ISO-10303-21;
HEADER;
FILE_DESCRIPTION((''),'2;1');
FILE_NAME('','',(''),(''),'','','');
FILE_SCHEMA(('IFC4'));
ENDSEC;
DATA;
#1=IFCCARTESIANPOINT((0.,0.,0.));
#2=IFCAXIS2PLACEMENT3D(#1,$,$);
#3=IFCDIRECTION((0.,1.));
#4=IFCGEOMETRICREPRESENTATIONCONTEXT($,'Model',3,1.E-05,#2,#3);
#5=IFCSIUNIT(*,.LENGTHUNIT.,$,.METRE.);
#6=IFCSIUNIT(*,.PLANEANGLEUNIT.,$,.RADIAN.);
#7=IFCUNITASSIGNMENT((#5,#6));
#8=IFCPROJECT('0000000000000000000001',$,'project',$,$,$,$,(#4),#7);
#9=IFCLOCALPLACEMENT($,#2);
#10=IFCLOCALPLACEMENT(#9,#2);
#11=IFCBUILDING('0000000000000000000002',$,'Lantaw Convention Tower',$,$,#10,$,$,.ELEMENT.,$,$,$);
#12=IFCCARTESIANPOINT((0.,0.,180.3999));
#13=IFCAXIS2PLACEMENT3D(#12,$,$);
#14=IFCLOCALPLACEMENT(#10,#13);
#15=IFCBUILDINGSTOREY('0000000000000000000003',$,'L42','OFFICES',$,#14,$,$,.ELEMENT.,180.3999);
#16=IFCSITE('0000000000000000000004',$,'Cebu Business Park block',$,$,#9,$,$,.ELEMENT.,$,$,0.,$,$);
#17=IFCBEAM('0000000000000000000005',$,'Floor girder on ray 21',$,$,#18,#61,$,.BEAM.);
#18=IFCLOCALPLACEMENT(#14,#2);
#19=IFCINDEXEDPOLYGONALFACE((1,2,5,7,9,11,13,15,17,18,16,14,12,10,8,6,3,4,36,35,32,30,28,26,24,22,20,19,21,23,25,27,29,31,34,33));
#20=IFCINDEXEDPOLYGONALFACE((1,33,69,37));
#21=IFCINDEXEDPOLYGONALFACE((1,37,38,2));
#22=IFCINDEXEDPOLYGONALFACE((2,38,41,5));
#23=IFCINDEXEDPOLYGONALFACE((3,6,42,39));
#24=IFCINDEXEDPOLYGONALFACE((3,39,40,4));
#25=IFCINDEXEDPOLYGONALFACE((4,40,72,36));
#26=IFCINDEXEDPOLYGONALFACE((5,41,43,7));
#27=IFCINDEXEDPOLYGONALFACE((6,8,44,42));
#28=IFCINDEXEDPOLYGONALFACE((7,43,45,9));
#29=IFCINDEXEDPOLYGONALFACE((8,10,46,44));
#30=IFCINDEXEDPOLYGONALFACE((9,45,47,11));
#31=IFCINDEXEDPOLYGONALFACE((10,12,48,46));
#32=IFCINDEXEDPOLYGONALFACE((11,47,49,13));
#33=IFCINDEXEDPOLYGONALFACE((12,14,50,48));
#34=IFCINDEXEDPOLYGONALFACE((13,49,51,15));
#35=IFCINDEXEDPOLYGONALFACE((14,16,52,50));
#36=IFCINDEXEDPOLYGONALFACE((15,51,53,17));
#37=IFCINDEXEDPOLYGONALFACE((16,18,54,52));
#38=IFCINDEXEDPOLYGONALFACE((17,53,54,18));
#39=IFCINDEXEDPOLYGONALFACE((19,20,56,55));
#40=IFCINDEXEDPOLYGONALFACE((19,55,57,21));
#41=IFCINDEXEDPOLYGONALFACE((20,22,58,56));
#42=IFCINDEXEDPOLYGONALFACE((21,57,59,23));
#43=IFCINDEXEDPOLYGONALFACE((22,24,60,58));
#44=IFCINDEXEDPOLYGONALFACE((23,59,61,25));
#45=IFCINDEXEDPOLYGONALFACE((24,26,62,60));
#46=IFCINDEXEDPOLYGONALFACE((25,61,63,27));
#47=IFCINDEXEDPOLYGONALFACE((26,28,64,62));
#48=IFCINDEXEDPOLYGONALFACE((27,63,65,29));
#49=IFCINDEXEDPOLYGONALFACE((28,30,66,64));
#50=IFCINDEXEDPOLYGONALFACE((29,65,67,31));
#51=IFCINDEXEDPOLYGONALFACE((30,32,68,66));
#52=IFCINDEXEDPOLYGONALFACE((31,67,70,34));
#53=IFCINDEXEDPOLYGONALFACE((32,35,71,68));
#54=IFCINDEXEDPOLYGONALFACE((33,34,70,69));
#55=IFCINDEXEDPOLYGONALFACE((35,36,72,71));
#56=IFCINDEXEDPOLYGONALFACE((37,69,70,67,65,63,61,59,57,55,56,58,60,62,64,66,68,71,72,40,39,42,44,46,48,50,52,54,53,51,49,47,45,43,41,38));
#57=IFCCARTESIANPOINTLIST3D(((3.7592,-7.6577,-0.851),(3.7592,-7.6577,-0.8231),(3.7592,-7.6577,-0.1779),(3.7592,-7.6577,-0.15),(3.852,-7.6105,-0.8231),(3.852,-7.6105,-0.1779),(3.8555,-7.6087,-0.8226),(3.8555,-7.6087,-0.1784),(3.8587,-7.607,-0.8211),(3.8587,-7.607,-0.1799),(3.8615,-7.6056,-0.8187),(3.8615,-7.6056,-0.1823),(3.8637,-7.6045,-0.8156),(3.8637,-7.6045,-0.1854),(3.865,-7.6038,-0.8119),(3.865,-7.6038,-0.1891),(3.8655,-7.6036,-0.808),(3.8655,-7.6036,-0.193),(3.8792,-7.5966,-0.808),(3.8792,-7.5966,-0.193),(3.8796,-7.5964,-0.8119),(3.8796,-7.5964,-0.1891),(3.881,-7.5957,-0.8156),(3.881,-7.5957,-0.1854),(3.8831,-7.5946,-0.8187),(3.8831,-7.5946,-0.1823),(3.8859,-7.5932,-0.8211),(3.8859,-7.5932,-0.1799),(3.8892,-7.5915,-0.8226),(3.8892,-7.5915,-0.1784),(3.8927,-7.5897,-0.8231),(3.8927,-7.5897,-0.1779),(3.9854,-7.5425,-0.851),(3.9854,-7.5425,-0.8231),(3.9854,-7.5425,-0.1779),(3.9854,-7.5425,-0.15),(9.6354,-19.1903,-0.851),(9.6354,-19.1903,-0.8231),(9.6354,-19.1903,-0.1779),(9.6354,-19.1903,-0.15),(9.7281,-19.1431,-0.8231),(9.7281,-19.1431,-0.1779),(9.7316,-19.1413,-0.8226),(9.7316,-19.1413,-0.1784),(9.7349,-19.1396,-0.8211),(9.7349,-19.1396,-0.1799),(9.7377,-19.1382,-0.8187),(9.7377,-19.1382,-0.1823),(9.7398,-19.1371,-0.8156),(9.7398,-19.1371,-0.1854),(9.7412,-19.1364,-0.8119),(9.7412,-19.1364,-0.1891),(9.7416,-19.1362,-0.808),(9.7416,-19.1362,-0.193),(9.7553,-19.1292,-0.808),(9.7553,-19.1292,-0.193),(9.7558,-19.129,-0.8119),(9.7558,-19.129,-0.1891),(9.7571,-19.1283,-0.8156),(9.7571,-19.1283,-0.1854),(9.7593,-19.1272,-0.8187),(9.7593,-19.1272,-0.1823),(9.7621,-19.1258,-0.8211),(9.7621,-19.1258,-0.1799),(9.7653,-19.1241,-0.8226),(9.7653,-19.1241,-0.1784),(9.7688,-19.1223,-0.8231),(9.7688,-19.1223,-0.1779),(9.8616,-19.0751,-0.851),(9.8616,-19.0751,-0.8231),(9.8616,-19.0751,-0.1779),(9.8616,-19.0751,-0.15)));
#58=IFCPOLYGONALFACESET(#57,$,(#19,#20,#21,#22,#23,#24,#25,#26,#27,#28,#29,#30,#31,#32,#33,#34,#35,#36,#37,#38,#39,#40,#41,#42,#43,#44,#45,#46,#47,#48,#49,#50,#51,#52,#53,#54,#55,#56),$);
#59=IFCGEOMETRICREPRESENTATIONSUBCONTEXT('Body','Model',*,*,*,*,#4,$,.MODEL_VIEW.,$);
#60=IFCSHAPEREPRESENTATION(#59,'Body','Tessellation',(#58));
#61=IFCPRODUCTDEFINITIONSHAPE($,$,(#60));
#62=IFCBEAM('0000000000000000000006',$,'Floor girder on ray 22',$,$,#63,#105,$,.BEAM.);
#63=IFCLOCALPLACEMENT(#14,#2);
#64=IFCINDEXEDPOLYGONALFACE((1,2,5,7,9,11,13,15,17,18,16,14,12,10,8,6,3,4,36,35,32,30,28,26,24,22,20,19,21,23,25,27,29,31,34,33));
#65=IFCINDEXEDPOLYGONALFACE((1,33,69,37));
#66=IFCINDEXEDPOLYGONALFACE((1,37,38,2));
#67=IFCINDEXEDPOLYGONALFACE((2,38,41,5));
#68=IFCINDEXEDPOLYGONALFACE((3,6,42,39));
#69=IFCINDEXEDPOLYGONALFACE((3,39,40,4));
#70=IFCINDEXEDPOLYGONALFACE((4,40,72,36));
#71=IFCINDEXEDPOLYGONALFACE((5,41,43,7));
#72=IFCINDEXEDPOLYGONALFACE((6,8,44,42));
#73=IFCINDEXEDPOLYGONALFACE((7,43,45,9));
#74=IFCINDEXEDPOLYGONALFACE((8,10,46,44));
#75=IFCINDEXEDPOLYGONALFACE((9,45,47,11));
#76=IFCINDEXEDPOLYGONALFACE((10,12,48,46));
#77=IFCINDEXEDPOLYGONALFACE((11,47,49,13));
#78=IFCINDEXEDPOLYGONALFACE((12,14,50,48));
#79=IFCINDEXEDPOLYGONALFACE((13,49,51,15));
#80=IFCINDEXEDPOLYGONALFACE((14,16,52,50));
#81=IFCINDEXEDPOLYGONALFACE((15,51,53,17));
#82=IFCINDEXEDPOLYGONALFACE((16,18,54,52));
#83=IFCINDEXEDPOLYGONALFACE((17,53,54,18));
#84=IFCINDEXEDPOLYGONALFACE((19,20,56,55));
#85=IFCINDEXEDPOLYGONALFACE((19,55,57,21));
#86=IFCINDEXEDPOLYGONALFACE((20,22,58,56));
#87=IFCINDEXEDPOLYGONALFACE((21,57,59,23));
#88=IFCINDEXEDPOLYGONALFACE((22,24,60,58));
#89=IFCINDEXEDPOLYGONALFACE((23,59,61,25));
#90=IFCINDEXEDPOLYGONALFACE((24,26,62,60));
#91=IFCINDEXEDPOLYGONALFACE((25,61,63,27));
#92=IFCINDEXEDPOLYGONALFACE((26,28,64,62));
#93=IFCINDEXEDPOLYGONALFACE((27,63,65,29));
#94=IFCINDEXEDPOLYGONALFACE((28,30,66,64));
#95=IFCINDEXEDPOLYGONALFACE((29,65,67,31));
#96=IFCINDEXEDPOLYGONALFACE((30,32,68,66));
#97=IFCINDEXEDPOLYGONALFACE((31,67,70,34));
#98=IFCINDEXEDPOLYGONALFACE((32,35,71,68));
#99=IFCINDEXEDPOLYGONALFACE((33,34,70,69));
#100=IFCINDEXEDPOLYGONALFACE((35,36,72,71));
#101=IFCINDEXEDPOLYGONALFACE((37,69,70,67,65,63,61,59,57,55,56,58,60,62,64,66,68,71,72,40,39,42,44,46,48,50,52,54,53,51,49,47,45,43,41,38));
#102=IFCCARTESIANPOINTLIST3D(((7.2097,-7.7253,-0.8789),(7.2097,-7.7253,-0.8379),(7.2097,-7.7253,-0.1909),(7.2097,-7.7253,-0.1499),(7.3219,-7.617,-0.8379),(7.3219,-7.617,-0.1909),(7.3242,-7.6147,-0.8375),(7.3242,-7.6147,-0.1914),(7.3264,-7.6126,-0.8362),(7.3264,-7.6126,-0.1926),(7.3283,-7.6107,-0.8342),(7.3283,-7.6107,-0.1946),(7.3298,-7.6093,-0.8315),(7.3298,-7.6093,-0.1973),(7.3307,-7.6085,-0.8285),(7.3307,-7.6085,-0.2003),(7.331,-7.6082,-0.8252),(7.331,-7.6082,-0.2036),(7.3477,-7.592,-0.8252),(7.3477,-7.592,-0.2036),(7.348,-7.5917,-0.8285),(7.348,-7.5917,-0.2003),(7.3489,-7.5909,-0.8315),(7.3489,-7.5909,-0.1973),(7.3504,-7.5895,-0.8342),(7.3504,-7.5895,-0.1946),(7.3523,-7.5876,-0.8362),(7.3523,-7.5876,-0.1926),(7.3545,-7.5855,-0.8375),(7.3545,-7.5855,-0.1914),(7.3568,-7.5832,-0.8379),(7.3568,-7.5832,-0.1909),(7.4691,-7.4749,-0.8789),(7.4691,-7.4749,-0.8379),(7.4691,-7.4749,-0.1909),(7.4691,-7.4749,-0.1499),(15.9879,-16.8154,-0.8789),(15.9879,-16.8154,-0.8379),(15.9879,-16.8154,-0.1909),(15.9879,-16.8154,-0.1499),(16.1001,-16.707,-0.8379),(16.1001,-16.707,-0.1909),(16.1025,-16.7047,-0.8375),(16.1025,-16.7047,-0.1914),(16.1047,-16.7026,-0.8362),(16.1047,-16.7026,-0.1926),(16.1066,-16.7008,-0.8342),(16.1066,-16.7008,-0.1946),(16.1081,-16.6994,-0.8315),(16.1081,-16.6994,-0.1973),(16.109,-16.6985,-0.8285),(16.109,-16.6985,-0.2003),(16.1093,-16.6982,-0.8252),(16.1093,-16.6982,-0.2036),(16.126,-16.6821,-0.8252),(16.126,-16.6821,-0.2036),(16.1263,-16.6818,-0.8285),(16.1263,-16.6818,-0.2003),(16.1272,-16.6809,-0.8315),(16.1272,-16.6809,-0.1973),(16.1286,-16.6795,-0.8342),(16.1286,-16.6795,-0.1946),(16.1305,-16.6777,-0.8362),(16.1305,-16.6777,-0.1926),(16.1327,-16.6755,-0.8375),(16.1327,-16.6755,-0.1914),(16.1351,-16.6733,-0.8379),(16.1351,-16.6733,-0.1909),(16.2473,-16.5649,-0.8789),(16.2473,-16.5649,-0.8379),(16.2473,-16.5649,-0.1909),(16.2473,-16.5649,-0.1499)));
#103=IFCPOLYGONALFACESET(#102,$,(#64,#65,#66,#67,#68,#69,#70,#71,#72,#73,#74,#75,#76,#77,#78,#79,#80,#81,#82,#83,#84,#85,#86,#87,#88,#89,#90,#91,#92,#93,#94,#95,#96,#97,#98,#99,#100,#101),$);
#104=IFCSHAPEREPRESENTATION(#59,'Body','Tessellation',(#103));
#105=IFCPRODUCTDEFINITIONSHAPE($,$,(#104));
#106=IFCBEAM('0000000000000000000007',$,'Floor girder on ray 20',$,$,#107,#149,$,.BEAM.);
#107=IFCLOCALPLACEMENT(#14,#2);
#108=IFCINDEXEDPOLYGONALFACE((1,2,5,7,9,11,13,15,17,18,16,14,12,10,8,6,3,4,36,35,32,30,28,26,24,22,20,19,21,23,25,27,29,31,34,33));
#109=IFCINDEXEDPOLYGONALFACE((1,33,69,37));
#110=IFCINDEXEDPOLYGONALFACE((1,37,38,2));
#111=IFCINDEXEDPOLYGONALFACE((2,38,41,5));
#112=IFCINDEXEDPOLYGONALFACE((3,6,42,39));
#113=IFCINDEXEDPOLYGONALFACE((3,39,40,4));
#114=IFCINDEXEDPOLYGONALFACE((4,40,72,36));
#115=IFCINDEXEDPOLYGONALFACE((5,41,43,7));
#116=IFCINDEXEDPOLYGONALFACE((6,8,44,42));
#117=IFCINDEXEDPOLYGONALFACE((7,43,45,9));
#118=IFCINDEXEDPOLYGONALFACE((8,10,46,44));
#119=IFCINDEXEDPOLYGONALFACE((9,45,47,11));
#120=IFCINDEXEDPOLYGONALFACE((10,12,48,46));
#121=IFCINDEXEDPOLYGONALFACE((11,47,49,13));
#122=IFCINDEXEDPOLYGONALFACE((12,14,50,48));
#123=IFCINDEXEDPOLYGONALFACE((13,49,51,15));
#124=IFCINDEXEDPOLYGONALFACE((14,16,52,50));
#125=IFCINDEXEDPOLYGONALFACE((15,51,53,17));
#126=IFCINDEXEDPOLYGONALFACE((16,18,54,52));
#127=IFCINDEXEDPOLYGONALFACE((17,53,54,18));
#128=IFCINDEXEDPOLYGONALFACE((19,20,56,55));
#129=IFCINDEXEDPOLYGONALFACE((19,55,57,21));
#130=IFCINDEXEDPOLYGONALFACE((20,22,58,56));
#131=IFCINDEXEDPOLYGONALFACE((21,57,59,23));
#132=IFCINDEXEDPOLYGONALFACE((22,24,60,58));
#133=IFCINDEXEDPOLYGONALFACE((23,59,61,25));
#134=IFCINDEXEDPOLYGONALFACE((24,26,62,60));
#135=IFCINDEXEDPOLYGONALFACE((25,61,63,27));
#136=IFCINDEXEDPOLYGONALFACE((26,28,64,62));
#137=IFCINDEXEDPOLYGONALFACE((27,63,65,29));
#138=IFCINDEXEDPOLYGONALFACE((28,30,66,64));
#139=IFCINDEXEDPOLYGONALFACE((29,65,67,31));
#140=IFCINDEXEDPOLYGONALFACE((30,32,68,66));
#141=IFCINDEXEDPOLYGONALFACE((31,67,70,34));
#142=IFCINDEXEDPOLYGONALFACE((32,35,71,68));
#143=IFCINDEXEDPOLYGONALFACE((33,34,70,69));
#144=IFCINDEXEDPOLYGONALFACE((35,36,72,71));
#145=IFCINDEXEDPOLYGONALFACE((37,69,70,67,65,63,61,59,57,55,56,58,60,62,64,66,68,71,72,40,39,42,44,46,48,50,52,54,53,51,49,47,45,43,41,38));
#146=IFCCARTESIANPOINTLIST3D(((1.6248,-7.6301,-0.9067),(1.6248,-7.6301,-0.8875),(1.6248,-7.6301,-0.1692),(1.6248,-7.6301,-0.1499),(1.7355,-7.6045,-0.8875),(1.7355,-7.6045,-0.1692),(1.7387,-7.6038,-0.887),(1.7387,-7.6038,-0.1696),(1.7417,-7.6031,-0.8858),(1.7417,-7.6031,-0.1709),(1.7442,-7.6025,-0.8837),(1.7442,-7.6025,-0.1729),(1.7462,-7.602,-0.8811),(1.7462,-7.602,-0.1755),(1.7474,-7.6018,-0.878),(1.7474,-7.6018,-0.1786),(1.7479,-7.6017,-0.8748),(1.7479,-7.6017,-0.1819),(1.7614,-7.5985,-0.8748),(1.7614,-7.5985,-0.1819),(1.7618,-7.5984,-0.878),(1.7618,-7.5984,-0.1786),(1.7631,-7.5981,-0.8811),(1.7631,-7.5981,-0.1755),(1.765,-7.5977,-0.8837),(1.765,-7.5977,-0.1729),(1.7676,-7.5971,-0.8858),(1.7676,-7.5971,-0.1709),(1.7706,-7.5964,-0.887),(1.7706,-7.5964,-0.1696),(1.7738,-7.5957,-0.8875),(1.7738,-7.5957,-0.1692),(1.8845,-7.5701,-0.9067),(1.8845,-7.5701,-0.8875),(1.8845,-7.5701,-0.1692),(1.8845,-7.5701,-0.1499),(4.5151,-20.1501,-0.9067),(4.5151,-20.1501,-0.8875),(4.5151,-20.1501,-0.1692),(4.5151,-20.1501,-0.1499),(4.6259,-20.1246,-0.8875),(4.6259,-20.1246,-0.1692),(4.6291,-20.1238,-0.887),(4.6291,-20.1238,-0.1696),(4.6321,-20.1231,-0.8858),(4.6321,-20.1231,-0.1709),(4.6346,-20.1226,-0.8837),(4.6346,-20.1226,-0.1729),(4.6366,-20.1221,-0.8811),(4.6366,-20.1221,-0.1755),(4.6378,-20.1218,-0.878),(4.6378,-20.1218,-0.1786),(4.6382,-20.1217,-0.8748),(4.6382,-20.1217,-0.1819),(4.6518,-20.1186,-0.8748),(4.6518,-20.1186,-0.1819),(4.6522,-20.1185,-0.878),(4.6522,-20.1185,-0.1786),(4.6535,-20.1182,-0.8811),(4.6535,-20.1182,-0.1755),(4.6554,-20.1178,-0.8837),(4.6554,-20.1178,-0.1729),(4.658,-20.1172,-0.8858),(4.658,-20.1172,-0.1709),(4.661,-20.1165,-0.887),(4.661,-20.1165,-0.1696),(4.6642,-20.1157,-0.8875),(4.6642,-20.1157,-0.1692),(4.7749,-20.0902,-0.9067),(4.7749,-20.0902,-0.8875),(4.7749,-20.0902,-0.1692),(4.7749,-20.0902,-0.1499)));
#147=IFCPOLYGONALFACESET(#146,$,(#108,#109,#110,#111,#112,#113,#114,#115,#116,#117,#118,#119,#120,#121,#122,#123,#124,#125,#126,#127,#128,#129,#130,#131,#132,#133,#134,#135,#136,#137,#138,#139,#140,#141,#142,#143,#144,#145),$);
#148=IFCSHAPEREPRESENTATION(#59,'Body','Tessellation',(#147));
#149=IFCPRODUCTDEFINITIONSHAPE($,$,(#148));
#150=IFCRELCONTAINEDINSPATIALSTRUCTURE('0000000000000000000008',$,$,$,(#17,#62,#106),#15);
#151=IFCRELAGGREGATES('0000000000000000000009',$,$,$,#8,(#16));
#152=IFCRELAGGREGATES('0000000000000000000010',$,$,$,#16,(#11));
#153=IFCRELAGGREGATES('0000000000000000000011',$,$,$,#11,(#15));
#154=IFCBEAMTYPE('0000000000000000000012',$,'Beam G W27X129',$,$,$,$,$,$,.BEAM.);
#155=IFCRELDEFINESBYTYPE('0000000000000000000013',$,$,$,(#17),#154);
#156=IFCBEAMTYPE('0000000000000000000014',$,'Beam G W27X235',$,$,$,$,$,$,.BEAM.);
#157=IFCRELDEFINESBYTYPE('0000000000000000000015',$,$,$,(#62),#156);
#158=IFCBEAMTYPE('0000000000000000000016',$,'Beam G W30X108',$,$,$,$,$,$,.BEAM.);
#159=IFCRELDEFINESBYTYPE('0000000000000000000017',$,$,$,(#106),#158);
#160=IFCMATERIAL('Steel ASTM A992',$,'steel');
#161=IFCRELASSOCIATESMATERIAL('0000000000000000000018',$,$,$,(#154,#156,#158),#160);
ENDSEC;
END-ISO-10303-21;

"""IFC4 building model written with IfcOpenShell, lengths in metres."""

from ifc_helpers import new_model, si_unit, direction, frame, origin, origin_2d, place, context, subcontext, project, spatial, i_section, extrude, material, material_profile, profile_set, type_object, element, save


model = new_model("IFC4")

# Units and contexts
model_context = context("Model", 3, precision=1e-05, world=origin(), true_north=direction((0.0, 1.0)))
body_context = subcontext(model_context, "Body", "Model", "MODEL_VIEW")
ifc_project = project(units=[si_unit("LENGTHUNIT", "METRE"), si_unit("PLANEANGLEUNIT", "RADIAN")], contexts=[model_context])

# Site, building, storey
site_placement = place(None, origin())
site = spatial("IfcSite", under=ifc_project, at=site_placement, Name="Cebu Business Park block", CompositionType="ELEMENT", RefElevation=0.0)
building_placement = place(site_placement, origin())
building = spatial("IfcBuilding", under=site, at=building_placement, Name="Lantaw Convention Tower", CompositionType="ELEMENT")
storey_placement = place(building_placement, frame((0.0, 0.0, 180.3999)))
storey = spatial("IfcBuildingStorey", under=building, at=storey_placement, Name="L42", Description="OFFICES", CompositionType="ELEMENT", Elevation=180.3999)

# Beams
ifc_material_1 = material(Name="Steel ASTM A992", Category="steel")
ifc_material_profile_1 = material_profile(ifc_material_1, i_section(OverallWidth=0.2539, OverallDepth=0.7009, WebThickness=0.0154, FlangeThickness=0.0278, FilletRadius=0.0151, at=origin_2d()), Name="W27X129")
ifc_profile_set_1 = profile_set([ifc_material_profile_1], Name="Steel ASTM A992")
beam_type_1 = type_object("IfcBeamType", Name="Beam G W27X129", PredefinedType="BEAM", material=ifc_profile_set_1)
beam_1_placement = place(storey_placement, frame((3.8723, -7.6001, -0.5005), z_axis=(0.453991, -0.891006, 0.0), x_axis=(0.891006, 0.453991, 0.0)))
element("IfcBeam", 1, at=beam_1_placement, inside=storey, type_object=beam_type_1, Name="Floor girder on ray 21", PredefinedType="BEAM", context=body_context, shape_type="SweptSolid", body=[
    extrude(i_section(OverallWidth=0.2539, OverallDepth=0.7009, WebThickness=0.0154, FlangeThickness=0.0278, FilletRadius=0.0151, at=origin_2d()), origin(), (0.0, 0.0, 1.0), 12.9434),
])
ifc_material_profile_2 = material_profile(ifc_material_1, i_section(OverallWidth=0.3606, OverallDepth=0.729, WebThickness=0.0232, FlangeThickness=0.041, FilletRadius=0.0127, at=origin_2d()), Name="W27X235")
ifc_profile_set_2 = profile_set([ifc_material_profile_2], Name="Steel ASTM A992")
beam_type_2 = type_object("IfcBeamType", Name="Beam G W27X235", PredefinedType="BEAM", material=ifc_profile_set_2)
beam_2_placement = place(storey_placement, frame((7.3394, -7.6001, -0.5144), z_axis=(0.694663, -0.719335, 0.0), x_axis=(0.719335, 0.694663, 0.0)))
element("IfcBeam", 2, at=beam_2_placement, inside=storey, type_object=beam_type_2, Name="Floor girder on ray 22", PredefinedType="BEAM", context=body_context, shape_type="SweptSolid", body=[
    extrude(i_section(OverallWidth=0.3606, OverallDepth=0.729, WebThickness=0.0232, FlangeThickness=0.041, FilletRadius=0.0127, at=origin_2d()), origin(), (0.0, 0.0, 1.0), 12.6367),
])
ifc_material_profile_3 = material_profile(ifc_material_1, i_section(OverallWidth=0.2666, OverallDepth=0.7568, WebThickness=0.0139, FlangeThickness=0.0193, FilletRadius=0.0127, at=origin_2d()), Name="W30X108")
ifc_profile_set_3 = profile_set([ifc_material_profile_3], Name="Steel ASTM A992")
beam_type_3 = type_object("IfcBeamType", Name="Beam G W30X108", PredefinedType="BEAM", material=ifc_profile_set_3)
beam_3_placement = place(storey_placement, frame((1.7546, -7.6001, -0.5283), z_axis=(0.224944, -0.974372, 0.0), x_axis=(0.974372, 0.224944, 0.0)))
element("IfcBeam", 3, at=beam_3_placement, inside=storey, type_object=beam_type_3, Name="Floor girder on ray 20", PredefinedType="BEAM", context=body_context, shape_type="SweptSolid", body=[
    extrude(i_section(OverallWidth=0.2666, OverallDepth=0.7568, WebThickness=0.0139, FlangeThickness=0.0193, FilletRadius=0.0127, at=origin_2d()), origin(), (0.0, 0.0, 1.0), 12.8494),
])

save(model, "model.ifc")
